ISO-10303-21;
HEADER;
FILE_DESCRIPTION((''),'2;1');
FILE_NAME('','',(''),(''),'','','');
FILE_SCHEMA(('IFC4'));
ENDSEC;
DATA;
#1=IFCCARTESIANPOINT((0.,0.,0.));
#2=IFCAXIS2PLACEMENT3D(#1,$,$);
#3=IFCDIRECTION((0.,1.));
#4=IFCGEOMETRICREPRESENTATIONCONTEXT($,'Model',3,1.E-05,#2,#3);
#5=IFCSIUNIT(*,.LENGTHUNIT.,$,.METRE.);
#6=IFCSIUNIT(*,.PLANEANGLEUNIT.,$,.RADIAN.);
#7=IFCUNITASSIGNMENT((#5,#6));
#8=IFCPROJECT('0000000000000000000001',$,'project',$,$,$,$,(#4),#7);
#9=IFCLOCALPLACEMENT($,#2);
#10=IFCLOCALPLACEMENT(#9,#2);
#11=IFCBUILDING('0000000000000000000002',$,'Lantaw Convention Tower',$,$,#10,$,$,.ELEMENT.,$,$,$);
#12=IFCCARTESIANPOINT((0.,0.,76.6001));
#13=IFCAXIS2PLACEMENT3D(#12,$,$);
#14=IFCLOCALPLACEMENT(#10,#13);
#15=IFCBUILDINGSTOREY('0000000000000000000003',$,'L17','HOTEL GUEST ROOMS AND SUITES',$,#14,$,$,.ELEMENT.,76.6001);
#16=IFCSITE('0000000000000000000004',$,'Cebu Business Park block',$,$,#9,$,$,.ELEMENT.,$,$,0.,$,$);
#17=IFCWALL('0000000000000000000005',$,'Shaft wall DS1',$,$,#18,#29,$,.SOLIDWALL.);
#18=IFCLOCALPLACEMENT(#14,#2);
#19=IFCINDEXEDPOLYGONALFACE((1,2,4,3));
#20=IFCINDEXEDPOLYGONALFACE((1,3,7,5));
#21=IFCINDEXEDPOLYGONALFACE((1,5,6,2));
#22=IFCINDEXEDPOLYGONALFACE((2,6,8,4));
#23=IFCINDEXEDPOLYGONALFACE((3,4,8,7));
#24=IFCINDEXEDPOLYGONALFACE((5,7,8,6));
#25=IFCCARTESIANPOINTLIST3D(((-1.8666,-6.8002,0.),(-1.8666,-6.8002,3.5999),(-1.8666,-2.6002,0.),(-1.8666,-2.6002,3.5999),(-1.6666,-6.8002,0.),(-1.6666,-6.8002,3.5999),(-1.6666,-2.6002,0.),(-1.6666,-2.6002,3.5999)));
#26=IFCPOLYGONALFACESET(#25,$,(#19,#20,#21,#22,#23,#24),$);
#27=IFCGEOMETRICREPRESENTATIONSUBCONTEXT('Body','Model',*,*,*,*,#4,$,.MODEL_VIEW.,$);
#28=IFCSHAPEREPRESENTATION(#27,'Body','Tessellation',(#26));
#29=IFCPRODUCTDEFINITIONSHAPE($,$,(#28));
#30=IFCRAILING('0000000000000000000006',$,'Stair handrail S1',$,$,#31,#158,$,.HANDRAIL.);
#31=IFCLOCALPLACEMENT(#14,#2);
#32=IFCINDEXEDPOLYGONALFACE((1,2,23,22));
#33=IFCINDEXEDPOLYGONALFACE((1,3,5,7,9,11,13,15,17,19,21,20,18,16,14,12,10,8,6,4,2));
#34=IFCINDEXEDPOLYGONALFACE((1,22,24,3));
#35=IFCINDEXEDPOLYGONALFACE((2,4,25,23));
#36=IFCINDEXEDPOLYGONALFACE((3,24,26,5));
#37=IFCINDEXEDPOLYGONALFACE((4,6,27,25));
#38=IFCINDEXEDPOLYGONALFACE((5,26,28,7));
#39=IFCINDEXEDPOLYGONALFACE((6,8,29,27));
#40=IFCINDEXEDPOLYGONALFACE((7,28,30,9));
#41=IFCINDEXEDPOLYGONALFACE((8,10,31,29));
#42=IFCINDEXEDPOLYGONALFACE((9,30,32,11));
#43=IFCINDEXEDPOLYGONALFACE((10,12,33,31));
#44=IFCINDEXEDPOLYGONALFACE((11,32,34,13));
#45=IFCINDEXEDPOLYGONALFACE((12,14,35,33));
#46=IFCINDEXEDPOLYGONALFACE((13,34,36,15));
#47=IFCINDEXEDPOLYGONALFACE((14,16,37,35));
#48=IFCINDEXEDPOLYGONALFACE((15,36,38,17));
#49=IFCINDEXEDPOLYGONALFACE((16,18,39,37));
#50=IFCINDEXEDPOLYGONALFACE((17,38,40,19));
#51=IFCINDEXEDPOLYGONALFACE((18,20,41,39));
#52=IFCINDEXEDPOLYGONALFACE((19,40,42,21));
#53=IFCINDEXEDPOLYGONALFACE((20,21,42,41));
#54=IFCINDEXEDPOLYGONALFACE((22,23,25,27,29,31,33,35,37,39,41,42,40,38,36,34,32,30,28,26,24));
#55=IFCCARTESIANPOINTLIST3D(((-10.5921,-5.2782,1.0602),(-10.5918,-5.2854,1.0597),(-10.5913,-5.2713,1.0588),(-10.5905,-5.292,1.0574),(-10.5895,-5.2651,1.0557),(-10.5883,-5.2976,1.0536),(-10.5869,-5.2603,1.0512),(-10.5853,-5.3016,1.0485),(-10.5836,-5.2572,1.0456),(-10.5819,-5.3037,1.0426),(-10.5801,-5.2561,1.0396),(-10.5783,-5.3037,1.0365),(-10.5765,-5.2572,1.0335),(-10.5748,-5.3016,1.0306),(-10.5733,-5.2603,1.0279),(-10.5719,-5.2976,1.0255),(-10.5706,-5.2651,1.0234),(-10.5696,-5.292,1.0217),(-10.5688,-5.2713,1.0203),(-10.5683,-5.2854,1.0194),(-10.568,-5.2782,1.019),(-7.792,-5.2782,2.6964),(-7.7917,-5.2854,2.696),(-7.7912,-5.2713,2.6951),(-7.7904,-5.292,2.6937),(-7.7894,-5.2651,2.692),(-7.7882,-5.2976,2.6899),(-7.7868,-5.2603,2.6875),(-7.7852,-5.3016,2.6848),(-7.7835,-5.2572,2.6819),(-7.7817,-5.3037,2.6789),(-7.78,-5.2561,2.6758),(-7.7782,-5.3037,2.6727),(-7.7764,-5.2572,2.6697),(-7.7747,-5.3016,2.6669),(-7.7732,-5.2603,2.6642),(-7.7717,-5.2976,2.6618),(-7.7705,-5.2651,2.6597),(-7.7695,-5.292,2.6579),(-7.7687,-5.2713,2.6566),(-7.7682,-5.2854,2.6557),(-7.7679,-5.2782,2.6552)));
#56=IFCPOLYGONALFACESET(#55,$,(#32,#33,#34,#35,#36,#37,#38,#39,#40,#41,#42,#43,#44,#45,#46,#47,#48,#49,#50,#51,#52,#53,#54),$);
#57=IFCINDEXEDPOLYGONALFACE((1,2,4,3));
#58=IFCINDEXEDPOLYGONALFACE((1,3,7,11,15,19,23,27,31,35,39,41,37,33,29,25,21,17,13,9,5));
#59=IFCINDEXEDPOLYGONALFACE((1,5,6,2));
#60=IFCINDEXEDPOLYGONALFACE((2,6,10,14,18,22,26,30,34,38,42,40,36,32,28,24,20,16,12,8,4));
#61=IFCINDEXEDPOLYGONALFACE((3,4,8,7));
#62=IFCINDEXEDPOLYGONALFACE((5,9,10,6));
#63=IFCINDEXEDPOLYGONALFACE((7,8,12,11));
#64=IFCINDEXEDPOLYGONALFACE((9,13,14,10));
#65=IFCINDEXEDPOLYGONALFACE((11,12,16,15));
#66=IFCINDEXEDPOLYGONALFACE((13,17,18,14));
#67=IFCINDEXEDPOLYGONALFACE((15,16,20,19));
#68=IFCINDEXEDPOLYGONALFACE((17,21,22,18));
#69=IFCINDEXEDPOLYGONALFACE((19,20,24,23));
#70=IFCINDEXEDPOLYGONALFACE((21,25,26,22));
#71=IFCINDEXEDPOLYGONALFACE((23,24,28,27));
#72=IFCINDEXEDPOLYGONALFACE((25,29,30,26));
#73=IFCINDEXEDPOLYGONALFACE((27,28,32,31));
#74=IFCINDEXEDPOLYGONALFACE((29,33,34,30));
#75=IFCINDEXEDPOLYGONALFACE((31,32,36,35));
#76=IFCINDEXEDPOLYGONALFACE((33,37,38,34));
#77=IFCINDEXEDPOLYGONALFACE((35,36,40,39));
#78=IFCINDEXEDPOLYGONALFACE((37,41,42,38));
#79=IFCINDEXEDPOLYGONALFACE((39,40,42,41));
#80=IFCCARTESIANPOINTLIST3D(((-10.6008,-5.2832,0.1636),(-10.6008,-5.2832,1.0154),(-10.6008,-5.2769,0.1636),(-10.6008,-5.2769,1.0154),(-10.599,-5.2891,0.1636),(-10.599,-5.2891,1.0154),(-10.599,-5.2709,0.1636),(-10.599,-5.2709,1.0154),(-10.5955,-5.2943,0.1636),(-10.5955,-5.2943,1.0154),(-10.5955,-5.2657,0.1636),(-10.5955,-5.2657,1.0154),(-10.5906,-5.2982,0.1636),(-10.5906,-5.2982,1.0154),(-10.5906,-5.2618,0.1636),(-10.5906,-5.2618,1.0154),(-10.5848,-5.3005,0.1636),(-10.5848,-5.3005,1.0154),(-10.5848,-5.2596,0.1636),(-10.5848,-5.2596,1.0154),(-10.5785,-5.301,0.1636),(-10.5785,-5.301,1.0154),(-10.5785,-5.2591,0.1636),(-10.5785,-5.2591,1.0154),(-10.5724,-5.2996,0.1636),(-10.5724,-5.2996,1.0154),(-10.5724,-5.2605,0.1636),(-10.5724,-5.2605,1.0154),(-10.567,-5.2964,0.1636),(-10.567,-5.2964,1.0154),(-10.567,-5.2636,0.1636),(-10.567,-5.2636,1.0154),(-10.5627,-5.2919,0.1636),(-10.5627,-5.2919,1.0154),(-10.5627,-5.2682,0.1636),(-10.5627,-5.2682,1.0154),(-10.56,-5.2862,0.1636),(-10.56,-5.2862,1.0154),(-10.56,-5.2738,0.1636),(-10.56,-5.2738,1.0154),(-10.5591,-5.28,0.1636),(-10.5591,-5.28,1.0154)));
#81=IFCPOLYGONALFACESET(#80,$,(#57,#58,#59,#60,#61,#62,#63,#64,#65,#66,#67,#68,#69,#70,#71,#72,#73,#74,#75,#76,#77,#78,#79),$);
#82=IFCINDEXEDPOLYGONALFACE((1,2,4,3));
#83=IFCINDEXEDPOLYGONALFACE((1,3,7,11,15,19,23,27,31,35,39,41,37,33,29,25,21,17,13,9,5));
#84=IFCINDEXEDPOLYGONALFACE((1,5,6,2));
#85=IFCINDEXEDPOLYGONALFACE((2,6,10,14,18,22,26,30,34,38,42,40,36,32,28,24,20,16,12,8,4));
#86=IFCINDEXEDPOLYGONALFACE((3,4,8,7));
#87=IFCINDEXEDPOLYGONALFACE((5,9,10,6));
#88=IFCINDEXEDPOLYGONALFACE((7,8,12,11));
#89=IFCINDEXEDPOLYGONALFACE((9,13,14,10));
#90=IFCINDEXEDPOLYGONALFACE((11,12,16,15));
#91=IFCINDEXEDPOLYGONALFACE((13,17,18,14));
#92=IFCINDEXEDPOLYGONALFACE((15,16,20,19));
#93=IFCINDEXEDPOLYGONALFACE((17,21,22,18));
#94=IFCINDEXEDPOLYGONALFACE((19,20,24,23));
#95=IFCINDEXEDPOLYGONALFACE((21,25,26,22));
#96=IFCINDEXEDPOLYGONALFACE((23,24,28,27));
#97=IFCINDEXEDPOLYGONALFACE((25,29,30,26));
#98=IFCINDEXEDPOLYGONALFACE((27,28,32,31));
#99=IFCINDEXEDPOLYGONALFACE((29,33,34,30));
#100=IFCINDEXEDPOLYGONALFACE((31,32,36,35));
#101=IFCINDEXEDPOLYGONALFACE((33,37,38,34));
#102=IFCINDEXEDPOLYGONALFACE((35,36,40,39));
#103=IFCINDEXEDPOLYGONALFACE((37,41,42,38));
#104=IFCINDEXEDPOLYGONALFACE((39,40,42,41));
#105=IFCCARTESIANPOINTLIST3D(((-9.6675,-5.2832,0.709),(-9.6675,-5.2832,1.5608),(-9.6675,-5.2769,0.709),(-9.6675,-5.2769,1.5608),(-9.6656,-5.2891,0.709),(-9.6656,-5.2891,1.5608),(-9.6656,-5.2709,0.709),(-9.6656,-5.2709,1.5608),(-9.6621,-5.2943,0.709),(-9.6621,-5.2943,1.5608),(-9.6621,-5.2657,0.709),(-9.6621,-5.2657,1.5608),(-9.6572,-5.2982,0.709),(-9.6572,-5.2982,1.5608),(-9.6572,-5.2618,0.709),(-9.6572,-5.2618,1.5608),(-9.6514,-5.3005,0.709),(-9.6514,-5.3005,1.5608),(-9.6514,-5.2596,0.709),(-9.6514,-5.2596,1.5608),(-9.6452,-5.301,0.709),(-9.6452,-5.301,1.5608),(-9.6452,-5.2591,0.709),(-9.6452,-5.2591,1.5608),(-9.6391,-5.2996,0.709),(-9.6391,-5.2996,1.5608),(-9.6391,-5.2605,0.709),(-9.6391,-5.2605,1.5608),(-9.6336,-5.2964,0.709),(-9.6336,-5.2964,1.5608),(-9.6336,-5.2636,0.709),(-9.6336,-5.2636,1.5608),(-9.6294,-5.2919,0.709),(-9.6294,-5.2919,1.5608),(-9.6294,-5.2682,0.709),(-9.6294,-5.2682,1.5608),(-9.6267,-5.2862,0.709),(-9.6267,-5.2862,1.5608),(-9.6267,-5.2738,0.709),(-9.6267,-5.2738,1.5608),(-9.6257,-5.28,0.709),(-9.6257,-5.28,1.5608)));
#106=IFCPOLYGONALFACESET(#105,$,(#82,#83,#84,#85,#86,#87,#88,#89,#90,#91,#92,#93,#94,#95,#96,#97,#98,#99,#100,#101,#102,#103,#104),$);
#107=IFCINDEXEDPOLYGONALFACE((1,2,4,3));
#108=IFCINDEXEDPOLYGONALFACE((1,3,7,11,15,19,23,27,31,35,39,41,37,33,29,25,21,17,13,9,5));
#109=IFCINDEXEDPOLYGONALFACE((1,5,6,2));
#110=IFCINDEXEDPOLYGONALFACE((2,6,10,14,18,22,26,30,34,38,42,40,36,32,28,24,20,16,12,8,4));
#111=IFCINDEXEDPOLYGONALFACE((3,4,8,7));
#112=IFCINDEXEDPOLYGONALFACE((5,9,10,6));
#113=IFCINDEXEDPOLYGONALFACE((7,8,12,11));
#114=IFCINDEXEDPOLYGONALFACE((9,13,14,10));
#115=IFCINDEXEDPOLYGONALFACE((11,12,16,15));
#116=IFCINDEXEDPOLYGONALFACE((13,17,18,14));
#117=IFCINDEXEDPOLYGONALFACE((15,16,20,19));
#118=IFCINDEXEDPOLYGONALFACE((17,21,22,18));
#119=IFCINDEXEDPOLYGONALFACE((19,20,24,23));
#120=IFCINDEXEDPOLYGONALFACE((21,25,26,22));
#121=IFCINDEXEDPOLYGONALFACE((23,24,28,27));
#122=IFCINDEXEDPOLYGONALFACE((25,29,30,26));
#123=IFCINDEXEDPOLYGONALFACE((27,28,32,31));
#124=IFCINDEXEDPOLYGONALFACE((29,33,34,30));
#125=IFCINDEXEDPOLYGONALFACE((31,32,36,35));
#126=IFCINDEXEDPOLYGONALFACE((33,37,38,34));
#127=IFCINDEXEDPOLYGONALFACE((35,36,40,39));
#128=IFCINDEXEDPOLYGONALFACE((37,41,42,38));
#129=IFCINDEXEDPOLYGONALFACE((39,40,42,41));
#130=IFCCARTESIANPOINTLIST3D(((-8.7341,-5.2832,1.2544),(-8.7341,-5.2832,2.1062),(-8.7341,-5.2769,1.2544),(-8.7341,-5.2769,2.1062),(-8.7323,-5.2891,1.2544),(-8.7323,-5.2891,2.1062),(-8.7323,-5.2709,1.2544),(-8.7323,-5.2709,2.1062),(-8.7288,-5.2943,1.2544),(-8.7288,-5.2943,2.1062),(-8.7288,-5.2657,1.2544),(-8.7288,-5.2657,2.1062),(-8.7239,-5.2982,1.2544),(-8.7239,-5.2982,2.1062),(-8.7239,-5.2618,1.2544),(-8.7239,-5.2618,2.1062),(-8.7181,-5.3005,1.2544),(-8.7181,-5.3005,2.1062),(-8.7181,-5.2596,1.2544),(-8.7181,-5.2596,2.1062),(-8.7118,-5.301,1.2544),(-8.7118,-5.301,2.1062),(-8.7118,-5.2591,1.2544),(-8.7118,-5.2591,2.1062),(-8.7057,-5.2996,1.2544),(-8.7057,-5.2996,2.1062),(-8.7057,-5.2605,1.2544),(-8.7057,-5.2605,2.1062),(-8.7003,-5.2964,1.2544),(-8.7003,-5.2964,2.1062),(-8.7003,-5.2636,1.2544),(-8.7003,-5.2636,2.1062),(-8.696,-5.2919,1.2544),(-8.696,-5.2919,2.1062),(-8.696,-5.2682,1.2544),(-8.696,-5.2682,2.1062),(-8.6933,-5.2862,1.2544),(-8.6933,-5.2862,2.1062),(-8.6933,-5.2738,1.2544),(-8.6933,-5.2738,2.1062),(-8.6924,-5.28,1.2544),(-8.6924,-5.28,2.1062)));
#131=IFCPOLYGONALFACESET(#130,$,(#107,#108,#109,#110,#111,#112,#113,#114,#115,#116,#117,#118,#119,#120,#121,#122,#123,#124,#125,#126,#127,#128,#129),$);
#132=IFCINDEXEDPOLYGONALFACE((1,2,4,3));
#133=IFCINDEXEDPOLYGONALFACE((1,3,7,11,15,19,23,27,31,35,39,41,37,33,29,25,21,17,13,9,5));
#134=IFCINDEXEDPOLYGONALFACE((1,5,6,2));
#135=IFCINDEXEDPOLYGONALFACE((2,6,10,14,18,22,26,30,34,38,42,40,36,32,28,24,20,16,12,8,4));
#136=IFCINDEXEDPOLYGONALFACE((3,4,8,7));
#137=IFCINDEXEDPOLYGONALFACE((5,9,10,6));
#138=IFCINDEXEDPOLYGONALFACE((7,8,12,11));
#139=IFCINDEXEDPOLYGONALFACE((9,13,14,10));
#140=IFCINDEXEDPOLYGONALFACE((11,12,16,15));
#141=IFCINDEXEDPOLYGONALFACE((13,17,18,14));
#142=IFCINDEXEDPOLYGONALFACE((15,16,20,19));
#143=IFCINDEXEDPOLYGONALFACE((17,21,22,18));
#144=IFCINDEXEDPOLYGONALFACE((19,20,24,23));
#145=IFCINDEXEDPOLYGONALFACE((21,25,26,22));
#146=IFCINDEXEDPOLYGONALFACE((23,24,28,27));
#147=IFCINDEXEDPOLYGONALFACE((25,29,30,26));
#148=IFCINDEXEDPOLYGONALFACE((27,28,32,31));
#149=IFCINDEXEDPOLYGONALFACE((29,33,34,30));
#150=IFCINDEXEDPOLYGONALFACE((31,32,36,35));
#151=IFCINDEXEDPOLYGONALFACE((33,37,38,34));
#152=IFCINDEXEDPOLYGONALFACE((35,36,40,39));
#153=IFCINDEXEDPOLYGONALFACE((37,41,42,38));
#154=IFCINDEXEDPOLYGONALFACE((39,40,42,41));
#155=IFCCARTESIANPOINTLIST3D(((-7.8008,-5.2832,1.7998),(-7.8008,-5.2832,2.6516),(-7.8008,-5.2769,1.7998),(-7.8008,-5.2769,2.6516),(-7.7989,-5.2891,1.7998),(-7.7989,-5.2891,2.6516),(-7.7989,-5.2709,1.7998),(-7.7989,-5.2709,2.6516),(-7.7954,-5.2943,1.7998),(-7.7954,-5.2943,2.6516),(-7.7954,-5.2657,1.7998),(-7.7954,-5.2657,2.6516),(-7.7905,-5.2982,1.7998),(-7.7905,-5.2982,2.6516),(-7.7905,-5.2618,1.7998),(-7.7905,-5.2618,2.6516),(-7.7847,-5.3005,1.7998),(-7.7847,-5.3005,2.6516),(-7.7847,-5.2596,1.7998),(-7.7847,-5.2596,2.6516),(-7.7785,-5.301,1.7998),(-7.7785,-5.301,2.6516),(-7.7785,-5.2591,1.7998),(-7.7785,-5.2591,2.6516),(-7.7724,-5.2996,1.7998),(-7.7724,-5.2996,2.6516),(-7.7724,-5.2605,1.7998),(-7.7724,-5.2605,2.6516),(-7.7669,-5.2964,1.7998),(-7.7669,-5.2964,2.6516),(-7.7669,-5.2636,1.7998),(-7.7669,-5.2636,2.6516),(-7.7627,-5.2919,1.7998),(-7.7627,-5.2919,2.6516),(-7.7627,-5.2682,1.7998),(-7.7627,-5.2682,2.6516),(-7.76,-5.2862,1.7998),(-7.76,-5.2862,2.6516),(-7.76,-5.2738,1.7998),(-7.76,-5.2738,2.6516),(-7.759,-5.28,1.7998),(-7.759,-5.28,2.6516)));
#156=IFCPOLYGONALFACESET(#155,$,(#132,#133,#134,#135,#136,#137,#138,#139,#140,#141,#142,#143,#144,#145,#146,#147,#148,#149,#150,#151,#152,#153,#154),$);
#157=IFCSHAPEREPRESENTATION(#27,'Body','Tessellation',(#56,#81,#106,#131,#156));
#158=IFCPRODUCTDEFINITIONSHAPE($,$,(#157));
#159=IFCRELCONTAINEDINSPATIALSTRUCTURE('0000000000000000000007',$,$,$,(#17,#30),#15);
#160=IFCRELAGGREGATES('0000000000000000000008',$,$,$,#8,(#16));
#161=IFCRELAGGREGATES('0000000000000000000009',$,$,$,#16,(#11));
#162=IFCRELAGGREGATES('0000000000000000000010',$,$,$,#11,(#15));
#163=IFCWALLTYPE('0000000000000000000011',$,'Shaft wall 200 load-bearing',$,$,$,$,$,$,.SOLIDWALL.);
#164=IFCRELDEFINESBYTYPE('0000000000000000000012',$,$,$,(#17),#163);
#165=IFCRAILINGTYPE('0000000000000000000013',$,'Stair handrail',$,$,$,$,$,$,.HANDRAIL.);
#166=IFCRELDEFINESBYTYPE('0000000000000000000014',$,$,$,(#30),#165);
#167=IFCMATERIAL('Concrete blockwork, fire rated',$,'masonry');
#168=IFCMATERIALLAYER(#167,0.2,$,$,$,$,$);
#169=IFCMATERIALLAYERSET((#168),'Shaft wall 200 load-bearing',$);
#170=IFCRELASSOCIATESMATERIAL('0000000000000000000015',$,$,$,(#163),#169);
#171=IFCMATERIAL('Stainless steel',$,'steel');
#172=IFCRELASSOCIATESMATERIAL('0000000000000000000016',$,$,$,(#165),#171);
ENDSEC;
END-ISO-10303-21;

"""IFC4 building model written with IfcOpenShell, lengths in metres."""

from ifc_helpers import new_model, si_unit, direction, frame, frame_2d, origin, origin_2d, place, context, subcontext, project, spatial, rectangle, circle, extrude, material, layer, layer_set, type_object, element, save


model = new_model("IFC4")

# Units and contexts
model_context = context("Model", 3, precision=1e-05, world=origin(), true_north=direction((0.0, 1.0)))
body_context = subcontext(model_context, "Body", "Model", "MODEL_VIEW")
ifc_project = project(units=[si_unit("LENGTHUNIT", "METRE"), si_unit("PLANEANGLEUNIT", "RADIAN")], contexts=[model_context])

# Site, building, storey
site_placement = place(None, origin())
site = spatial("IfcSite", under=ifc_project, at=site_placement, Name="Cebu Business Park block", CompositionType="ELEMENT", RefElevation=0.0)
building_placement = place(site_placement, origin())
building = spatial("IfcBuilding", under=site, at=building_placement, Name="Lantaw Convention Tower", CompositionType="ELEMENT")
storey_placement = place(building_placement, frame((0.0, 0.0, 76.6001)))
storey = spatial("IfcBuildingStorey", under=building, at=storey_placement, Name="L17", Description="HOTEL GUEST ROOMS AND SUITES", CompositionType="ELEMENT", Elevation=76.6001)

# Shared definitions
ifc_material_1 = material(Name="Stainless steel", Category="steel")

# Shared definitions
ifc_material_2 = material(Name="Concrete blockwork, fire rated", Category="masonry")

# Wall
ifc_layer_1 = layer(ifc_material_2, 0.2)
ifc_layer_set_1 = layer_set([ifc_layer_1], Name="Shaft wall 200 load-bearing")
wall_type_1 = type_object("IfcWallType", Name="Shaft wall 200 load-bearing", PredefinedType="SOLIDWALL", material=ifc_layer_set_1)
wall_1_placement = place(storey_placement, frame((-1.7666, -2.6001, 0.0), z_axis=(0.0, 0.0, 1.0), x_axis=(0.0, -1.0, 0.0)))
element("IfcWall", 1, at=wall_1_placement, inside=storey, type_object=wall_type_1, Name="Shaft wall DS1", PredefinedType="SOLIDWALL", context=body_context, shape_type="SweptSolid", body=[
    extrude(rectangle(XDim=4.2, YDim=0.2, at=frame_2d((2.1001, 0.0))), origin(), (0.0, 0.0, 1.0), 3.5999),
])

# Railing
railing_type = type_object("IfcRailingType", Name="Stair handrail", PredefinedType="HANDRAIL", material=ifc_material_1)
railing_1_placement = place(storey_placement, frame((-10.5801, -5.28, 0.1636)))
element("IfcRailing", 2, at=railing_1_placement, inside=storey, type_object=railing_type, Name="Stair handrail S1", PredefinedType="HANDRAIL", context=body_context, shape_type="SweptSolid", body=[
    extrude(circle(Radius=0.0239, at=origin_2d()), frame((0.0, 0.0, 0.876), z_axis=(0.863394, 0.0, 0.504531), x_axis=(0.0, 1.0, 0.0)), (0.0, 0.0, 1.0), 3.2432),
    extrude(circle(Radius=0.021, at=origin_2d()), origin(), (0.0, 0.0, 1.0), 0.8518),
    extrude(circle(Radius=0.021, at=origin_2d()), frame((0.9333, 0.0, 0.5454)), (0.0, 0.0, 1.0), 0.8518),
    extrude(circle(Radius=0.021, at=origin_2d()), frame((1.8667, 0.0, 1.0908)), (0.0, 0.0, 1.0), 0.8518),
    extrude(circle(Radius=0.021, at=origin_2d()), frame((2.8, 0.0, 1.6362)), (0.0, 0.0, 1.0), 0.8518),
])

save(model, "model.ifc")
